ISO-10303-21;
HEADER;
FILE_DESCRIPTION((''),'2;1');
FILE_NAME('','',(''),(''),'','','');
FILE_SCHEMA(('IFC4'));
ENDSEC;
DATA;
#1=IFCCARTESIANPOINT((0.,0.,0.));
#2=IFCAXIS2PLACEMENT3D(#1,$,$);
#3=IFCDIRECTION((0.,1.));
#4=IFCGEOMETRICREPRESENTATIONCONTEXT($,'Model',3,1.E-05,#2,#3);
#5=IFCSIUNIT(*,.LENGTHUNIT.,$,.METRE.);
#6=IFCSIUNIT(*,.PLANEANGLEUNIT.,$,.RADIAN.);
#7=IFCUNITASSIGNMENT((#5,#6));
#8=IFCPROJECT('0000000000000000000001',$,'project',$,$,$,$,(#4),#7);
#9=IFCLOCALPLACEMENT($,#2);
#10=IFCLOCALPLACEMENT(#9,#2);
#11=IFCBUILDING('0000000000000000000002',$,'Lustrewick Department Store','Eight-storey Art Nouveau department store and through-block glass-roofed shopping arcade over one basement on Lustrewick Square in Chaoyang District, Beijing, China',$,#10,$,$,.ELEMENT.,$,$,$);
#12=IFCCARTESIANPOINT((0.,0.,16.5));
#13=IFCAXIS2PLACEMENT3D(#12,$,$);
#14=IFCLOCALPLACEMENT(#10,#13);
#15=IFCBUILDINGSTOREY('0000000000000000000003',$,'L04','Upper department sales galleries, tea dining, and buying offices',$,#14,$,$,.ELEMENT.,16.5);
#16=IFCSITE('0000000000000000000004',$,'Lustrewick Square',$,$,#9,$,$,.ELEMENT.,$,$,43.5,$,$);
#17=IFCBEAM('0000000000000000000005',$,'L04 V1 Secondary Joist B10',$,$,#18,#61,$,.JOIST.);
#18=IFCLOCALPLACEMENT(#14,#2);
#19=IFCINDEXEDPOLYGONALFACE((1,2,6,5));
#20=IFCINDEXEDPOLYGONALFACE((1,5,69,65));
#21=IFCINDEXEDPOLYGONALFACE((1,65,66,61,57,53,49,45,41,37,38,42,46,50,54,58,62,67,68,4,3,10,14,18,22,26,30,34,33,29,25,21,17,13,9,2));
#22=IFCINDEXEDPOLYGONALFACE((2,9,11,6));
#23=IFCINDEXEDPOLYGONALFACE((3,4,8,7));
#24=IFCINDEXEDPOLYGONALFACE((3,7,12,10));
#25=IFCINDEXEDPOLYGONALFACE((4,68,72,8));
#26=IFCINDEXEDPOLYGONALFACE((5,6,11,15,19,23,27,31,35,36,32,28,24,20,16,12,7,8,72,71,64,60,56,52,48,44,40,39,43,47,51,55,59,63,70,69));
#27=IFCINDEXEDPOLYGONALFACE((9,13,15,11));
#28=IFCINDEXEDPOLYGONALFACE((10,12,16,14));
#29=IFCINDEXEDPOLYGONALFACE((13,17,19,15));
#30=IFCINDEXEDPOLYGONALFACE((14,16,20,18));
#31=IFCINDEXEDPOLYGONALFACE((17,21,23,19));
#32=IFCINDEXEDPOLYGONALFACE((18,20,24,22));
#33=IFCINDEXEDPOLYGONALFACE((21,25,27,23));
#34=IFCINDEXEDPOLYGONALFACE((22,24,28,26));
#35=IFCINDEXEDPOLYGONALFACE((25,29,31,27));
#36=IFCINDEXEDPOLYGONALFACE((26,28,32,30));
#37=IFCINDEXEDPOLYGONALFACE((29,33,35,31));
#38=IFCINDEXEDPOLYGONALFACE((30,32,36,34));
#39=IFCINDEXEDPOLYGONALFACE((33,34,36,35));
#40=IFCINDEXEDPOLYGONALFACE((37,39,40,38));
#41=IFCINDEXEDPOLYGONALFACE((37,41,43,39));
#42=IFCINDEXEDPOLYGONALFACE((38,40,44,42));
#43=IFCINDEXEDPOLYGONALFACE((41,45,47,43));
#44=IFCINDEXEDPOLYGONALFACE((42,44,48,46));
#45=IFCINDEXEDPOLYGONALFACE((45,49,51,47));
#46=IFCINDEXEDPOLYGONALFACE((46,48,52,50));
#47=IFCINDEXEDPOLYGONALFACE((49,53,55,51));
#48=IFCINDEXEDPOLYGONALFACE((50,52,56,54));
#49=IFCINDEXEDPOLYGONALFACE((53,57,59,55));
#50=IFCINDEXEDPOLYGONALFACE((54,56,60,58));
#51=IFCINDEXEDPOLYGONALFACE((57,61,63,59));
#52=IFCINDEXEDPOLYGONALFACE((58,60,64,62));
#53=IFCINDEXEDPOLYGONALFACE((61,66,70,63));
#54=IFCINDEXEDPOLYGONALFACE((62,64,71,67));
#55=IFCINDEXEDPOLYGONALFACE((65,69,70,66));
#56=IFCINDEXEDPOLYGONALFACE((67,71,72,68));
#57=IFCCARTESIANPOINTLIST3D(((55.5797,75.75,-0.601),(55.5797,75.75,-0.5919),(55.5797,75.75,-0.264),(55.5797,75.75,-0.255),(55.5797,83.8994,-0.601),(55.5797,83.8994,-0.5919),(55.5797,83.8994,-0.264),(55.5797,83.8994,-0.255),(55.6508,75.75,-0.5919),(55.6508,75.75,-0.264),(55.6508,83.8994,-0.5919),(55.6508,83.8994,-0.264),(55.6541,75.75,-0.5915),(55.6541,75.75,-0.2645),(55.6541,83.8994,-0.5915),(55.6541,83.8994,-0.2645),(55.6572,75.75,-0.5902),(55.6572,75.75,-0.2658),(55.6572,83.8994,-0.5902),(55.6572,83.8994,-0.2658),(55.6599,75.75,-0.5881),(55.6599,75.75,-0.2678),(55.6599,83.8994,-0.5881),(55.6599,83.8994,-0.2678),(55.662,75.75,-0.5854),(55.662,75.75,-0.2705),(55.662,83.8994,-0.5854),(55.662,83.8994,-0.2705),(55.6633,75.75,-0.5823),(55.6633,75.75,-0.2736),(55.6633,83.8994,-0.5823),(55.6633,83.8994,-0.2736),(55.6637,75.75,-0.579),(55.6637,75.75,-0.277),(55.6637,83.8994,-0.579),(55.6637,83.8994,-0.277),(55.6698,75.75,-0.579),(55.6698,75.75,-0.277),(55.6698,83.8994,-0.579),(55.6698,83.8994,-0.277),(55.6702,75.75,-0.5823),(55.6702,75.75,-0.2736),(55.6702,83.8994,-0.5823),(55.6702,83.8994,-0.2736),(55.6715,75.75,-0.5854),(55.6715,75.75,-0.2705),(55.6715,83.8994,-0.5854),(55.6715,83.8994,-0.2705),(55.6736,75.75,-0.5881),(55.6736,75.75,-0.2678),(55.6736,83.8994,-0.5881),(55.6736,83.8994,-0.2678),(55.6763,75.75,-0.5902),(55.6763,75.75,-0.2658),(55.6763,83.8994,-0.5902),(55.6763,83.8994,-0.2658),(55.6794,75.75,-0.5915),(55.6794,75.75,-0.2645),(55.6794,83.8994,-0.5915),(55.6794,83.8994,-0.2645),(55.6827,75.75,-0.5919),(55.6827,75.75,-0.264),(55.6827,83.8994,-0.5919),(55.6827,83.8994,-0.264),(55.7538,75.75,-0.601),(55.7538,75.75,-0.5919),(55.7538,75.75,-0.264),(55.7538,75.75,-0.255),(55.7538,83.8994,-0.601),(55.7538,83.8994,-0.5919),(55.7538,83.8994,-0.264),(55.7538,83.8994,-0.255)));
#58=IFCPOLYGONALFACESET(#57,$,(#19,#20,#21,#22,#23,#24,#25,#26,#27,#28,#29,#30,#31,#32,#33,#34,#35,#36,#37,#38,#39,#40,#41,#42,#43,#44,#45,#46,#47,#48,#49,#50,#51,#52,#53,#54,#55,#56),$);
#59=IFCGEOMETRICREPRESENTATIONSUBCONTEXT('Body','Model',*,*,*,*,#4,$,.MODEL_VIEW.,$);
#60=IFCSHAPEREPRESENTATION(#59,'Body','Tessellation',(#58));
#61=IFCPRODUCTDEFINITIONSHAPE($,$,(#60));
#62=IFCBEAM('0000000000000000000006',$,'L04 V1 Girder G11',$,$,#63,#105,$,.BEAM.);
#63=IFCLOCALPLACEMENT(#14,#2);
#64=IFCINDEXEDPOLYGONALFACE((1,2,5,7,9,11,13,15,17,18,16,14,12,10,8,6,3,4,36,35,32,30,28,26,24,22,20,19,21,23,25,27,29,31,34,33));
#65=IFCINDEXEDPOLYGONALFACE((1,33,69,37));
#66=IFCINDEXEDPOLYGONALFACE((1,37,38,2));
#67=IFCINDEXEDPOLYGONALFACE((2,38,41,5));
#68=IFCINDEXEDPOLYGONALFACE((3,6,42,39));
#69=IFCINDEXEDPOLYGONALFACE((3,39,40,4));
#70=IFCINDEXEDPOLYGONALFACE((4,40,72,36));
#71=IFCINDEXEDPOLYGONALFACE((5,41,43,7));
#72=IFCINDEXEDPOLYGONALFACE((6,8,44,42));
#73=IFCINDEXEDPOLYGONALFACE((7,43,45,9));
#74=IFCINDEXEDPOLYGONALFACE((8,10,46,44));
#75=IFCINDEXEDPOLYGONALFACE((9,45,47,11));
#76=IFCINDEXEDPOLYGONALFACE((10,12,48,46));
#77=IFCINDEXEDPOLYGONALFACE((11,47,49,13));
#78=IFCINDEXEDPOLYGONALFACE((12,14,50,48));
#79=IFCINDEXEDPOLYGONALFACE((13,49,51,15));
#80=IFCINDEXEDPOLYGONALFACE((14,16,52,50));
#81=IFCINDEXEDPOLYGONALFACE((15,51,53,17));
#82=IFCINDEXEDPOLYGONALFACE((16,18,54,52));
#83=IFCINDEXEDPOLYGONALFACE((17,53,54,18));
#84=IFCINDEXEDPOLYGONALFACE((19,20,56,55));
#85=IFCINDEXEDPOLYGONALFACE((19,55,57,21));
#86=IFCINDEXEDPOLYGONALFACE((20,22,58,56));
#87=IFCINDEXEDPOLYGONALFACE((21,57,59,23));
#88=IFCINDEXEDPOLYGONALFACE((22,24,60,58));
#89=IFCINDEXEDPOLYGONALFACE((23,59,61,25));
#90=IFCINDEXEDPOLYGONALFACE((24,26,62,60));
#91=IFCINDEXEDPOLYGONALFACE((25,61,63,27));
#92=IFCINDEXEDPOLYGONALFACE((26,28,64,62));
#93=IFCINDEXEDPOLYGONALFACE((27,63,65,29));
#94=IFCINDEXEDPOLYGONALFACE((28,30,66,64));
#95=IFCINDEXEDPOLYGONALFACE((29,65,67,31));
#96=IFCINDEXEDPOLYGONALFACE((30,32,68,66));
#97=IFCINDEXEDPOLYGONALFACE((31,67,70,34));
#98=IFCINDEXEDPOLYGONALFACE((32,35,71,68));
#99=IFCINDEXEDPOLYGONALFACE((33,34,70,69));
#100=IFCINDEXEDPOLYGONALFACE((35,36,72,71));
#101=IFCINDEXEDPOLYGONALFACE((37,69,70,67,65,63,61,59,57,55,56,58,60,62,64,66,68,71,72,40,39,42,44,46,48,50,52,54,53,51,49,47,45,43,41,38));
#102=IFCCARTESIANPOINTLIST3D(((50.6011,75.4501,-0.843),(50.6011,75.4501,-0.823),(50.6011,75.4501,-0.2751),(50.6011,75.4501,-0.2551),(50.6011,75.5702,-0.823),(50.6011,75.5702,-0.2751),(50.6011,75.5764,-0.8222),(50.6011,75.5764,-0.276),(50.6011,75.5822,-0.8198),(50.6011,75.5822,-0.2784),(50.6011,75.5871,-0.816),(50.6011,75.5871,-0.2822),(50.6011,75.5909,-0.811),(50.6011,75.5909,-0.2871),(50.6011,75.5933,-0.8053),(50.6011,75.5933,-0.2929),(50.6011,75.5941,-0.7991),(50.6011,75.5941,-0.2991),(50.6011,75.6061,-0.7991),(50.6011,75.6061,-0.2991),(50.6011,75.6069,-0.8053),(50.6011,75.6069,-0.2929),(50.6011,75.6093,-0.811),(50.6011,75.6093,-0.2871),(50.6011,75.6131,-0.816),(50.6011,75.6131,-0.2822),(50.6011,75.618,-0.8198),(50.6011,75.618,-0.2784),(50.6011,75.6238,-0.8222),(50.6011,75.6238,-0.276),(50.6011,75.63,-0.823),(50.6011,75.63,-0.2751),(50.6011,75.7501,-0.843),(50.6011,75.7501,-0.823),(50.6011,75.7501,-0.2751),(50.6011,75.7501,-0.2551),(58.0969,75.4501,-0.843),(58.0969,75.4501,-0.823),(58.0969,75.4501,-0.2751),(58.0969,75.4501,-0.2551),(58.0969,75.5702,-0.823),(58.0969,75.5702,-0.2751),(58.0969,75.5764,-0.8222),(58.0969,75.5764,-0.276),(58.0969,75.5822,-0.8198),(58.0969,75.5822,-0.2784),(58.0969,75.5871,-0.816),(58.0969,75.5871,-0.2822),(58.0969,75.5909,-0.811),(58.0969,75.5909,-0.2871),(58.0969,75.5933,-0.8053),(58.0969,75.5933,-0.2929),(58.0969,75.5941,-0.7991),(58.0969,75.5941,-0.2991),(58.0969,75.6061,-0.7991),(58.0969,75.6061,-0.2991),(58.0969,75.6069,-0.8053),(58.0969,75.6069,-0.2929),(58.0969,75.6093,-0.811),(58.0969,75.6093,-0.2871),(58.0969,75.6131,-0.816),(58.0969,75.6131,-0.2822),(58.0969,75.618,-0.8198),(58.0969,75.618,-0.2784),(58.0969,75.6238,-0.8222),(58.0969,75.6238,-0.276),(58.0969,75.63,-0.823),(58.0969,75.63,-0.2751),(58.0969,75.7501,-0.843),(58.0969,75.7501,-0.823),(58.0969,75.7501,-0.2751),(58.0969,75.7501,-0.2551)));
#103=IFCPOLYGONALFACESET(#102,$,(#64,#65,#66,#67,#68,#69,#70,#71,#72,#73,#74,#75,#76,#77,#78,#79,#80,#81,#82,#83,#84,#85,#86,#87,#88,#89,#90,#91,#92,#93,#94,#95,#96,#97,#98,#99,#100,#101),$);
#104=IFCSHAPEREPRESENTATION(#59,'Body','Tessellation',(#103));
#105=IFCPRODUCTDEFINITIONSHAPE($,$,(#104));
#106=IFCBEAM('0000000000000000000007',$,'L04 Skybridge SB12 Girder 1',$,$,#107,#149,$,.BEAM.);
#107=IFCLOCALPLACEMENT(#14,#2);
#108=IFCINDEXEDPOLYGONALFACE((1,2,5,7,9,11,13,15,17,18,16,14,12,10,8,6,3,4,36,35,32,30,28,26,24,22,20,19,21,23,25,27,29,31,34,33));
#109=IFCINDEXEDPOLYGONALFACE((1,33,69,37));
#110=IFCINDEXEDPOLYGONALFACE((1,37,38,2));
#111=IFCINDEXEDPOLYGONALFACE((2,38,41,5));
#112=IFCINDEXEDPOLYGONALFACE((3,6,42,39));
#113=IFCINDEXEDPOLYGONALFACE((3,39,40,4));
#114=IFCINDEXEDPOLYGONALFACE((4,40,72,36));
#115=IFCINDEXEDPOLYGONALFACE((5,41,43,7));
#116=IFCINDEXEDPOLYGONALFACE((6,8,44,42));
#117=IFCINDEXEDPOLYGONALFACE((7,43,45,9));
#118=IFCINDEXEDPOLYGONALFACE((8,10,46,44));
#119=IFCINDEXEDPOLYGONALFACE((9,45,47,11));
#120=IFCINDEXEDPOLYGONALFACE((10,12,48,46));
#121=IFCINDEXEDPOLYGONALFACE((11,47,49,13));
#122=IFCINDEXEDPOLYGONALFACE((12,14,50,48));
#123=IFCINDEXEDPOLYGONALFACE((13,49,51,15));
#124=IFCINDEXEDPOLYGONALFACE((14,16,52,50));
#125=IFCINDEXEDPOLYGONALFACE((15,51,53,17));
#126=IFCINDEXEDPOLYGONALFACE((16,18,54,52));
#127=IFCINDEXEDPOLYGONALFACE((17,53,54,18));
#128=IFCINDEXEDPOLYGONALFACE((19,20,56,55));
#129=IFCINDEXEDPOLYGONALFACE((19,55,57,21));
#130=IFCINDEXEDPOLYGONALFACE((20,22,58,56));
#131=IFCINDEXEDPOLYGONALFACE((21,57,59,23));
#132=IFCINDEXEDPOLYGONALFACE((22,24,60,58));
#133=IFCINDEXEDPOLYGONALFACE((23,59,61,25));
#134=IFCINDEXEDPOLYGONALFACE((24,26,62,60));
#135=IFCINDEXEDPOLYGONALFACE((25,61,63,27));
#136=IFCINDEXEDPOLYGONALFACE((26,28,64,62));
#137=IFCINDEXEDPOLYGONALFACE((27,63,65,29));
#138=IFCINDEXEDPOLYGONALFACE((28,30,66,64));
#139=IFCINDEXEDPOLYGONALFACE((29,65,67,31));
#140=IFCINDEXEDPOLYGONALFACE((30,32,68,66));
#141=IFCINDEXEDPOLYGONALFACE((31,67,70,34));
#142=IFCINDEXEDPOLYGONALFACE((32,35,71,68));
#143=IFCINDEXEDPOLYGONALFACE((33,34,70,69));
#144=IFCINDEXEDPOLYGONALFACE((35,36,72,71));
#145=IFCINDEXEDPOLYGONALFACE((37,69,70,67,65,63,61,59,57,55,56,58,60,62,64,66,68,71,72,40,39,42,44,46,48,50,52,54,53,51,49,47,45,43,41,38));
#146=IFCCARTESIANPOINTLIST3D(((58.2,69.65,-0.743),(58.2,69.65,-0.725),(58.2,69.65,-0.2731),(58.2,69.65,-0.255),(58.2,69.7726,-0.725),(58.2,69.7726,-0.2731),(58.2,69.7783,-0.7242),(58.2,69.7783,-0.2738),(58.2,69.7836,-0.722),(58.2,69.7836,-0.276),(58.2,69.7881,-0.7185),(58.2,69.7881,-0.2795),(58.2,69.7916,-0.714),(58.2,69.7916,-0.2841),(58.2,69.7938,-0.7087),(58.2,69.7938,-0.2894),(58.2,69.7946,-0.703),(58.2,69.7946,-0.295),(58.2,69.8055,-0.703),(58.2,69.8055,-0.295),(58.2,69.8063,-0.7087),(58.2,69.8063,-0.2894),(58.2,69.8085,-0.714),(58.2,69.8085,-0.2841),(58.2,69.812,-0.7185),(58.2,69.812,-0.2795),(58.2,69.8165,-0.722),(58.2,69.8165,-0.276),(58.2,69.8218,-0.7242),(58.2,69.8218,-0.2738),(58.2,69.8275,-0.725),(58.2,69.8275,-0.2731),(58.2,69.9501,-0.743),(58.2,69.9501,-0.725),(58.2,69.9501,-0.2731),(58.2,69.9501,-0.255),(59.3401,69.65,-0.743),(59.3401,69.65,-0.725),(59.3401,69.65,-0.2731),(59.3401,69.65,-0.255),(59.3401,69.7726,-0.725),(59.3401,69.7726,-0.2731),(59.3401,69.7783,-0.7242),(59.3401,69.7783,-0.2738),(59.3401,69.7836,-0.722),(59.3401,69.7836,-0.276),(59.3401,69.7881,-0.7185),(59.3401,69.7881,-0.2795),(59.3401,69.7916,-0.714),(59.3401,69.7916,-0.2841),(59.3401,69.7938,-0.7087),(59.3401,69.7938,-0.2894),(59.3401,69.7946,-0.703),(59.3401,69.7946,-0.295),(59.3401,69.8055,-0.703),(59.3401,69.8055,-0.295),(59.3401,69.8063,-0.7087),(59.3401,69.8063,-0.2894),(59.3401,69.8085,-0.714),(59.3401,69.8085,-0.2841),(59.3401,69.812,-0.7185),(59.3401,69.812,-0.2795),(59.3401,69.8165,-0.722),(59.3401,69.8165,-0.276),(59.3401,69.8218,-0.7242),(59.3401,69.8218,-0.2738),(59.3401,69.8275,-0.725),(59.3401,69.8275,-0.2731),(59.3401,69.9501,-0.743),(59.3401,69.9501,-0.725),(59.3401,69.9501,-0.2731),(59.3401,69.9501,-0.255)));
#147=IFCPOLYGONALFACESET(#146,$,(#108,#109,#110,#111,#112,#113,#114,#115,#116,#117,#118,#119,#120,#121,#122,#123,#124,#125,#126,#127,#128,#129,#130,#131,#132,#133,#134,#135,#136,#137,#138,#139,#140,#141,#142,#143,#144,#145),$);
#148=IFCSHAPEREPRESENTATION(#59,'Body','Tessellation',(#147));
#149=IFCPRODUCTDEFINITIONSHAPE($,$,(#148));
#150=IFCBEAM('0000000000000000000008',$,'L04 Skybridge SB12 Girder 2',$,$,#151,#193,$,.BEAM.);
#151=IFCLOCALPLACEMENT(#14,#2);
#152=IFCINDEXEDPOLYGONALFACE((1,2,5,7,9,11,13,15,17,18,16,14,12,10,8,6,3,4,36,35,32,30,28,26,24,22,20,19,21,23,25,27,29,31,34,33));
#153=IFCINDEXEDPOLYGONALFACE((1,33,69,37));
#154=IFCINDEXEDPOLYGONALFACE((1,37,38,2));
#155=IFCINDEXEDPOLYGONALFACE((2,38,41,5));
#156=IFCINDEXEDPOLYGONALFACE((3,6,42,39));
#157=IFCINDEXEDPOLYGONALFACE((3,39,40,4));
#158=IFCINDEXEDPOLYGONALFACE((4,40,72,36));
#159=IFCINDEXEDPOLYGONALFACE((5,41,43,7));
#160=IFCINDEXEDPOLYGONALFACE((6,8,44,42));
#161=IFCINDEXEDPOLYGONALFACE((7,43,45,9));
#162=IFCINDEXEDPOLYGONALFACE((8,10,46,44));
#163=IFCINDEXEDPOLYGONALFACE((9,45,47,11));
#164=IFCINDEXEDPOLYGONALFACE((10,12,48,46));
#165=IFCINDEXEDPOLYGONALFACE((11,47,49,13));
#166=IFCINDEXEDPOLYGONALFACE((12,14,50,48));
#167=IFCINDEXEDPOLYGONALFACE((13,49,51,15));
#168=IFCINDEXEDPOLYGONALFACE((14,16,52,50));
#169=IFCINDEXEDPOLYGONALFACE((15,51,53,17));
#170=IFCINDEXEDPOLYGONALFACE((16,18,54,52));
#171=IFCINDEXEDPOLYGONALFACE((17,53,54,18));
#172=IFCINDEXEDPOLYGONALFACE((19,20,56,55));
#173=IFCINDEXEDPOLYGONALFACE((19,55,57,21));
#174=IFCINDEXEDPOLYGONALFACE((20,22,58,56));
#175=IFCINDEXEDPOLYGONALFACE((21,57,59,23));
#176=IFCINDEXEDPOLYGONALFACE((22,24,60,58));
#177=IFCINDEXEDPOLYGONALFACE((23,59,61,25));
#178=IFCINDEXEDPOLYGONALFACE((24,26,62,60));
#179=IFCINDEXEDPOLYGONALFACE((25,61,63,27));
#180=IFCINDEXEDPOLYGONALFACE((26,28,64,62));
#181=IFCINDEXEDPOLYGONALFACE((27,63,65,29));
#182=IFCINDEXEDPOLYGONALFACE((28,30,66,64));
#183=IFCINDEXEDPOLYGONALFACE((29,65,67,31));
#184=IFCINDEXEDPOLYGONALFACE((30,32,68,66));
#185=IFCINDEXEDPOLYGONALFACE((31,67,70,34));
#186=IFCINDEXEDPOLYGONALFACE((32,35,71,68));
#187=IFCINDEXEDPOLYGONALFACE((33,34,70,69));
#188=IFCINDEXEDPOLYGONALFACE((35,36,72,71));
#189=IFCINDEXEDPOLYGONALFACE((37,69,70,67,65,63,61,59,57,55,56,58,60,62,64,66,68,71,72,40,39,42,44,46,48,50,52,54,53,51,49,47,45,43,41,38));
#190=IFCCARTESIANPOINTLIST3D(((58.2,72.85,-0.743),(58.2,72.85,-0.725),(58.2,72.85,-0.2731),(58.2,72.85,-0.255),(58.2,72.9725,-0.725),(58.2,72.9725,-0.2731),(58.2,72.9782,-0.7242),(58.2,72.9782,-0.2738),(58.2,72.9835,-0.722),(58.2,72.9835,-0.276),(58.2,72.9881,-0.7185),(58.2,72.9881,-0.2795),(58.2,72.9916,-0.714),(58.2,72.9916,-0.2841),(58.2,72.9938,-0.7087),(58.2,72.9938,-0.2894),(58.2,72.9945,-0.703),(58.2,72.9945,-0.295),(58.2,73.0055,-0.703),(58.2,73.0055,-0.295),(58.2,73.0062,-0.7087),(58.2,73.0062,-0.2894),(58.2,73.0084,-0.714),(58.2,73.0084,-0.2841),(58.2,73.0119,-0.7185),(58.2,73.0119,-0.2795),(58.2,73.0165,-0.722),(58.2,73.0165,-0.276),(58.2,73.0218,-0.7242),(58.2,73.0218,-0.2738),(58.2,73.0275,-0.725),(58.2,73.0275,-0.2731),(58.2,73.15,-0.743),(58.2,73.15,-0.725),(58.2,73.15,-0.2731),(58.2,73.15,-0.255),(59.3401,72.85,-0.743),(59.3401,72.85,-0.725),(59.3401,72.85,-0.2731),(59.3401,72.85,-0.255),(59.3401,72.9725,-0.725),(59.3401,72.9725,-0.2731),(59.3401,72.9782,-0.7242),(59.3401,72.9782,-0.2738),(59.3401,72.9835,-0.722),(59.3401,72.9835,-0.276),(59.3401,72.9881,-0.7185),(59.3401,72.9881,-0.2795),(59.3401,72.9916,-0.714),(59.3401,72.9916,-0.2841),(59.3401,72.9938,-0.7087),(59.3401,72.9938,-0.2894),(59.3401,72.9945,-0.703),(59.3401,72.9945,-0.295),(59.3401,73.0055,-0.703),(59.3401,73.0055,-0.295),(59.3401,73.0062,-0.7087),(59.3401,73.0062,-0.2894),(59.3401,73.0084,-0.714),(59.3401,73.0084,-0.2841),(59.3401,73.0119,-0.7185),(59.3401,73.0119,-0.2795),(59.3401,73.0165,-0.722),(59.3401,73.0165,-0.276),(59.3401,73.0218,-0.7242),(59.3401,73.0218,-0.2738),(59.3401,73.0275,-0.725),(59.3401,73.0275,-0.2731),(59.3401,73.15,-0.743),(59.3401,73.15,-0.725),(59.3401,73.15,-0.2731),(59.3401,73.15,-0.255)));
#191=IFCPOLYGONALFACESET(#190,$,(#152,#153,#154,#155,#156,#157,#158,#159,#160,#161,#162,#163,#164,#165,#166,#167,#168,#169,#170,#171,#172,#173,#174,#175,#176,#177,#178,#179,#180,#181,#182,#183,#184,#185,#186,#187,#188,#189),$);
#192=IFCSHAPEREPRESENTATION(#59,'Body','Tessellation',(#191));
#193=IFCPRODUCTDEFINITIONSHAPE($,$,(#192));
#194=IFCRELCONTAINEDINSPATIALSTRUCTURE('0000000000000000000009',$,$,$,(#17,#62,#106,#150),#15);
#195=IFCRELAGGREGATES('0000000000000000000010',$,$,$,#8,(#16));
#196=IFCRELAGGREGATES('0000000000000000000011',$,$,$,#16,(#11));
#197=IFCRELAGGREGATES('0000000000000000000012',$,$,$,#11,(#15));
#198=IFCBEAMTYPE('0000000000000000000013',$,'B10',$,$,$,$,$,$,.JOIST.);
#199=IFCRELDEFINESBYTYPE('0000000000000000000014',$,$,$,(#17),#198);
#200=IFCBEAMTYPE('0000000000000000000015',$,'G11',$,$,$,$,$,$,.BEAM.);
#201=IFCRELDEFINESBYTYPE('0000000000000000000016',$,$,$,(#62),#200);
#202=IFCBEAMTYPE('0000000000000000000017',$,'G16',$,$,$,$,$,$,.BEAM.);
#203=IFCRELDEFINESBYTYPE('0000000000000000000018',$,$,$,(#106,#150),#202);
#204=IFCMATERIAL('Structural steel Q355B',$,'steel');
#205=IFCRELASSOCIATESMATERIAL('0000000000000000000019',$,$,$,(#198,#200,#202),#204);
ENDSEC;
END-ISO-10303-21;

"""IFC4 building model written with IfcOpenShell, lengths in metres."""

from ifc_helpers import new_model, si_unit, direction, frame, origin, origin_2d, place, context, subcontext, project, spatial, i_section, extrude, material, material_profile, profile_set, type_object, element, save


model = new_model("IFC4")

# Units and contexts
model_context = context("Model", 3, precision=1e-05, world=origin(), true_north=direction((0.0, 1.0)))
body_context = subcontext(model_context, "Body", "Model", "MODEL_VIEW")
ifc_project = project(units=[si_unit("LENGTHUNIT", "METRE"), si_unit("PLANEANGLEUNIT", "RADIAN")], contexts=[model_context])

# Site, building, storey
site_placement = place(None, origin())
site = spatial("IfcSite", under=ifc_project, at=site_placement, Name="Lustrewick Square", CompositionType="ELEMENT", RefElevation=43.5)
building_placement = place(site_placement, origin())
building = spatial("IfcBuilding", under=site, at=building_placement, Name="Lustrewick Department Store", Description="Eight-storey Art Nouveau department store and through-block glass-roofed shopping arcade over one basement on Lustrewick Square in Chaoyang District, Beijing, China", CompositionType="ELEMENT")
storey_placement = place(building_placement, frame((0.0, 0.0, 16.5)))
storey = spatial("IfcBuildingStorey", under=building, at=storey_placement, Name="L04", Description="Upper department sales galleries, tea dining, and buying offices", CompositionType="ELEMENT", Elevation=16.5)

# Shared definitions
ifc_material_1 = material(Name="Structural steel Q355B", Category="steel")

# Beams
ifc_material_profile_1 = material_profile(ifc_material_1, i_section(OverallWidth=0.1741, OverallDepth=0.3459, WebThickness=0.0061, FlangeThickness=0.009, FilletRadius=0.0129, at=origin_2d()), Name="HN 346x174x6x9")
ifc_profile_set_1 = profile_set([ifc_material_profile_1], Name="Structural steel Q355B")
beam_type_1 = type_object("IfcBeamType", Name="B10", PredefinedType="JOIST", material=ifc_profile_set_1)
beam_1_placement = place(storey_placement, frame((55.6667, 75.75, -0.428), z_axis=(0.0, 1.0, 0.0), x_axis=(-1.0, 0.0, 0.0)))
element("IfcBeam", 1, at=beam_1_placement, inside=storey, type_object=beam_type_1, Name="L04 V1 Secondary Joist B10", PredefinedType="JOIST", context=body_context, shape_type="SweptSolid", body=[
    extrude(i_section(OverallWidth=0.1741, OverallDepth=0.3459, WebThickness=0.0061, FlangeThickness=0.009, FilletRadius=0.0129, at=origin_2d()), origin(), (0.0, 0.0, 1.0), 8.1494),
])
ifc_material_profile_2 = material_profile(ifc_material_1, i_section(OverallWidth=0.3, OverallDepth=0.5879, WebThickness=0.012, FlangeThickness=0.02, FilletRadius=0.0239, at=origin_2d()), Name="HM 588x300x12x20")
ifc_profile_set_2 = profile_set([ifc_material_profile_2], Name="Structural steel Q355B")
beam_type_2 = type_object("IfcBeamType", Name="G11", PredefinedType="BEAM", material=ifc_profile_set_2)
beam_2_placement = place(storey_placement, frame((50.6011, 75.6001, -0.5491), z_axis=(1.0, 0.0, 0.0), x_axis=(0.0, 1.0, 0.0)))
element("IfcBeam", 2, at=beam_2_placement, inside=storey, type_object=beam_type_2, Name="L04 V1 Girder G11", PredefinedType="BEAM", context=body_context, shape_type="SweptSolid", body=[
    extrude(i_section(OverallWidth=0.3, OverallDepth=0.5879, WebThickness=0.012, FlangeThickness=0.02, FilletRadius=0.0239, at=origin_2d()), origin(), (0.0, 0.0, 1.0), 7.4958),
])
ifc_material_profile_3 = material_profile(ifc_material_1, i_section(OverallWidth=0.3, OverallDepth=0.488, WebThickness=0.011, FlangeThickness=0.0181, FilletRadius=0.022, at=origin_2d()), Name="HM 488x300x11x18")
ifc_profile_set_3 = profile_set([ifc_material_profile_3], Name="Structural steel Q355B")
beam_type_3 = type_object("IfcBeamType", Name="G16", PredefinedType="BEAM", material=ifc_profile_set_3)
for number, where, z_axis, x_axis, name in (
    (3, (58.2, 69.8, -0.499), (1.0, 0.0, 0.0), (0.0, 1.0, 0.0), "L04 Skybridge SB12 Girder 1"),
    (4, (58.2, 73.0, -0.499), (1.0, 0.0, 0.0), (0.0, 1.0, 0.0), "L04 Skybridge SB12 Girder 2"),
):
    element("IfcBeam", number, at=place(storey_placement, frame(where, z_axis=z_axis, x_axis=x_axis)), inside=storey, type_object=beam_type_3, Name=name, PredefinedType="BEAM", context=body_context, shape_type="SweptSolid", body=[
        extrude(i_section(OverallWidth=0.3, OverallDepth=0.488, WebThickness=0.011, FlangeThickness=0.0181, FilletRadius=0.022, at=origin_2d()), origin(), (0.0, 0.0, 1.0), 1.1401),
    ])

save(model, "model.ifc")
